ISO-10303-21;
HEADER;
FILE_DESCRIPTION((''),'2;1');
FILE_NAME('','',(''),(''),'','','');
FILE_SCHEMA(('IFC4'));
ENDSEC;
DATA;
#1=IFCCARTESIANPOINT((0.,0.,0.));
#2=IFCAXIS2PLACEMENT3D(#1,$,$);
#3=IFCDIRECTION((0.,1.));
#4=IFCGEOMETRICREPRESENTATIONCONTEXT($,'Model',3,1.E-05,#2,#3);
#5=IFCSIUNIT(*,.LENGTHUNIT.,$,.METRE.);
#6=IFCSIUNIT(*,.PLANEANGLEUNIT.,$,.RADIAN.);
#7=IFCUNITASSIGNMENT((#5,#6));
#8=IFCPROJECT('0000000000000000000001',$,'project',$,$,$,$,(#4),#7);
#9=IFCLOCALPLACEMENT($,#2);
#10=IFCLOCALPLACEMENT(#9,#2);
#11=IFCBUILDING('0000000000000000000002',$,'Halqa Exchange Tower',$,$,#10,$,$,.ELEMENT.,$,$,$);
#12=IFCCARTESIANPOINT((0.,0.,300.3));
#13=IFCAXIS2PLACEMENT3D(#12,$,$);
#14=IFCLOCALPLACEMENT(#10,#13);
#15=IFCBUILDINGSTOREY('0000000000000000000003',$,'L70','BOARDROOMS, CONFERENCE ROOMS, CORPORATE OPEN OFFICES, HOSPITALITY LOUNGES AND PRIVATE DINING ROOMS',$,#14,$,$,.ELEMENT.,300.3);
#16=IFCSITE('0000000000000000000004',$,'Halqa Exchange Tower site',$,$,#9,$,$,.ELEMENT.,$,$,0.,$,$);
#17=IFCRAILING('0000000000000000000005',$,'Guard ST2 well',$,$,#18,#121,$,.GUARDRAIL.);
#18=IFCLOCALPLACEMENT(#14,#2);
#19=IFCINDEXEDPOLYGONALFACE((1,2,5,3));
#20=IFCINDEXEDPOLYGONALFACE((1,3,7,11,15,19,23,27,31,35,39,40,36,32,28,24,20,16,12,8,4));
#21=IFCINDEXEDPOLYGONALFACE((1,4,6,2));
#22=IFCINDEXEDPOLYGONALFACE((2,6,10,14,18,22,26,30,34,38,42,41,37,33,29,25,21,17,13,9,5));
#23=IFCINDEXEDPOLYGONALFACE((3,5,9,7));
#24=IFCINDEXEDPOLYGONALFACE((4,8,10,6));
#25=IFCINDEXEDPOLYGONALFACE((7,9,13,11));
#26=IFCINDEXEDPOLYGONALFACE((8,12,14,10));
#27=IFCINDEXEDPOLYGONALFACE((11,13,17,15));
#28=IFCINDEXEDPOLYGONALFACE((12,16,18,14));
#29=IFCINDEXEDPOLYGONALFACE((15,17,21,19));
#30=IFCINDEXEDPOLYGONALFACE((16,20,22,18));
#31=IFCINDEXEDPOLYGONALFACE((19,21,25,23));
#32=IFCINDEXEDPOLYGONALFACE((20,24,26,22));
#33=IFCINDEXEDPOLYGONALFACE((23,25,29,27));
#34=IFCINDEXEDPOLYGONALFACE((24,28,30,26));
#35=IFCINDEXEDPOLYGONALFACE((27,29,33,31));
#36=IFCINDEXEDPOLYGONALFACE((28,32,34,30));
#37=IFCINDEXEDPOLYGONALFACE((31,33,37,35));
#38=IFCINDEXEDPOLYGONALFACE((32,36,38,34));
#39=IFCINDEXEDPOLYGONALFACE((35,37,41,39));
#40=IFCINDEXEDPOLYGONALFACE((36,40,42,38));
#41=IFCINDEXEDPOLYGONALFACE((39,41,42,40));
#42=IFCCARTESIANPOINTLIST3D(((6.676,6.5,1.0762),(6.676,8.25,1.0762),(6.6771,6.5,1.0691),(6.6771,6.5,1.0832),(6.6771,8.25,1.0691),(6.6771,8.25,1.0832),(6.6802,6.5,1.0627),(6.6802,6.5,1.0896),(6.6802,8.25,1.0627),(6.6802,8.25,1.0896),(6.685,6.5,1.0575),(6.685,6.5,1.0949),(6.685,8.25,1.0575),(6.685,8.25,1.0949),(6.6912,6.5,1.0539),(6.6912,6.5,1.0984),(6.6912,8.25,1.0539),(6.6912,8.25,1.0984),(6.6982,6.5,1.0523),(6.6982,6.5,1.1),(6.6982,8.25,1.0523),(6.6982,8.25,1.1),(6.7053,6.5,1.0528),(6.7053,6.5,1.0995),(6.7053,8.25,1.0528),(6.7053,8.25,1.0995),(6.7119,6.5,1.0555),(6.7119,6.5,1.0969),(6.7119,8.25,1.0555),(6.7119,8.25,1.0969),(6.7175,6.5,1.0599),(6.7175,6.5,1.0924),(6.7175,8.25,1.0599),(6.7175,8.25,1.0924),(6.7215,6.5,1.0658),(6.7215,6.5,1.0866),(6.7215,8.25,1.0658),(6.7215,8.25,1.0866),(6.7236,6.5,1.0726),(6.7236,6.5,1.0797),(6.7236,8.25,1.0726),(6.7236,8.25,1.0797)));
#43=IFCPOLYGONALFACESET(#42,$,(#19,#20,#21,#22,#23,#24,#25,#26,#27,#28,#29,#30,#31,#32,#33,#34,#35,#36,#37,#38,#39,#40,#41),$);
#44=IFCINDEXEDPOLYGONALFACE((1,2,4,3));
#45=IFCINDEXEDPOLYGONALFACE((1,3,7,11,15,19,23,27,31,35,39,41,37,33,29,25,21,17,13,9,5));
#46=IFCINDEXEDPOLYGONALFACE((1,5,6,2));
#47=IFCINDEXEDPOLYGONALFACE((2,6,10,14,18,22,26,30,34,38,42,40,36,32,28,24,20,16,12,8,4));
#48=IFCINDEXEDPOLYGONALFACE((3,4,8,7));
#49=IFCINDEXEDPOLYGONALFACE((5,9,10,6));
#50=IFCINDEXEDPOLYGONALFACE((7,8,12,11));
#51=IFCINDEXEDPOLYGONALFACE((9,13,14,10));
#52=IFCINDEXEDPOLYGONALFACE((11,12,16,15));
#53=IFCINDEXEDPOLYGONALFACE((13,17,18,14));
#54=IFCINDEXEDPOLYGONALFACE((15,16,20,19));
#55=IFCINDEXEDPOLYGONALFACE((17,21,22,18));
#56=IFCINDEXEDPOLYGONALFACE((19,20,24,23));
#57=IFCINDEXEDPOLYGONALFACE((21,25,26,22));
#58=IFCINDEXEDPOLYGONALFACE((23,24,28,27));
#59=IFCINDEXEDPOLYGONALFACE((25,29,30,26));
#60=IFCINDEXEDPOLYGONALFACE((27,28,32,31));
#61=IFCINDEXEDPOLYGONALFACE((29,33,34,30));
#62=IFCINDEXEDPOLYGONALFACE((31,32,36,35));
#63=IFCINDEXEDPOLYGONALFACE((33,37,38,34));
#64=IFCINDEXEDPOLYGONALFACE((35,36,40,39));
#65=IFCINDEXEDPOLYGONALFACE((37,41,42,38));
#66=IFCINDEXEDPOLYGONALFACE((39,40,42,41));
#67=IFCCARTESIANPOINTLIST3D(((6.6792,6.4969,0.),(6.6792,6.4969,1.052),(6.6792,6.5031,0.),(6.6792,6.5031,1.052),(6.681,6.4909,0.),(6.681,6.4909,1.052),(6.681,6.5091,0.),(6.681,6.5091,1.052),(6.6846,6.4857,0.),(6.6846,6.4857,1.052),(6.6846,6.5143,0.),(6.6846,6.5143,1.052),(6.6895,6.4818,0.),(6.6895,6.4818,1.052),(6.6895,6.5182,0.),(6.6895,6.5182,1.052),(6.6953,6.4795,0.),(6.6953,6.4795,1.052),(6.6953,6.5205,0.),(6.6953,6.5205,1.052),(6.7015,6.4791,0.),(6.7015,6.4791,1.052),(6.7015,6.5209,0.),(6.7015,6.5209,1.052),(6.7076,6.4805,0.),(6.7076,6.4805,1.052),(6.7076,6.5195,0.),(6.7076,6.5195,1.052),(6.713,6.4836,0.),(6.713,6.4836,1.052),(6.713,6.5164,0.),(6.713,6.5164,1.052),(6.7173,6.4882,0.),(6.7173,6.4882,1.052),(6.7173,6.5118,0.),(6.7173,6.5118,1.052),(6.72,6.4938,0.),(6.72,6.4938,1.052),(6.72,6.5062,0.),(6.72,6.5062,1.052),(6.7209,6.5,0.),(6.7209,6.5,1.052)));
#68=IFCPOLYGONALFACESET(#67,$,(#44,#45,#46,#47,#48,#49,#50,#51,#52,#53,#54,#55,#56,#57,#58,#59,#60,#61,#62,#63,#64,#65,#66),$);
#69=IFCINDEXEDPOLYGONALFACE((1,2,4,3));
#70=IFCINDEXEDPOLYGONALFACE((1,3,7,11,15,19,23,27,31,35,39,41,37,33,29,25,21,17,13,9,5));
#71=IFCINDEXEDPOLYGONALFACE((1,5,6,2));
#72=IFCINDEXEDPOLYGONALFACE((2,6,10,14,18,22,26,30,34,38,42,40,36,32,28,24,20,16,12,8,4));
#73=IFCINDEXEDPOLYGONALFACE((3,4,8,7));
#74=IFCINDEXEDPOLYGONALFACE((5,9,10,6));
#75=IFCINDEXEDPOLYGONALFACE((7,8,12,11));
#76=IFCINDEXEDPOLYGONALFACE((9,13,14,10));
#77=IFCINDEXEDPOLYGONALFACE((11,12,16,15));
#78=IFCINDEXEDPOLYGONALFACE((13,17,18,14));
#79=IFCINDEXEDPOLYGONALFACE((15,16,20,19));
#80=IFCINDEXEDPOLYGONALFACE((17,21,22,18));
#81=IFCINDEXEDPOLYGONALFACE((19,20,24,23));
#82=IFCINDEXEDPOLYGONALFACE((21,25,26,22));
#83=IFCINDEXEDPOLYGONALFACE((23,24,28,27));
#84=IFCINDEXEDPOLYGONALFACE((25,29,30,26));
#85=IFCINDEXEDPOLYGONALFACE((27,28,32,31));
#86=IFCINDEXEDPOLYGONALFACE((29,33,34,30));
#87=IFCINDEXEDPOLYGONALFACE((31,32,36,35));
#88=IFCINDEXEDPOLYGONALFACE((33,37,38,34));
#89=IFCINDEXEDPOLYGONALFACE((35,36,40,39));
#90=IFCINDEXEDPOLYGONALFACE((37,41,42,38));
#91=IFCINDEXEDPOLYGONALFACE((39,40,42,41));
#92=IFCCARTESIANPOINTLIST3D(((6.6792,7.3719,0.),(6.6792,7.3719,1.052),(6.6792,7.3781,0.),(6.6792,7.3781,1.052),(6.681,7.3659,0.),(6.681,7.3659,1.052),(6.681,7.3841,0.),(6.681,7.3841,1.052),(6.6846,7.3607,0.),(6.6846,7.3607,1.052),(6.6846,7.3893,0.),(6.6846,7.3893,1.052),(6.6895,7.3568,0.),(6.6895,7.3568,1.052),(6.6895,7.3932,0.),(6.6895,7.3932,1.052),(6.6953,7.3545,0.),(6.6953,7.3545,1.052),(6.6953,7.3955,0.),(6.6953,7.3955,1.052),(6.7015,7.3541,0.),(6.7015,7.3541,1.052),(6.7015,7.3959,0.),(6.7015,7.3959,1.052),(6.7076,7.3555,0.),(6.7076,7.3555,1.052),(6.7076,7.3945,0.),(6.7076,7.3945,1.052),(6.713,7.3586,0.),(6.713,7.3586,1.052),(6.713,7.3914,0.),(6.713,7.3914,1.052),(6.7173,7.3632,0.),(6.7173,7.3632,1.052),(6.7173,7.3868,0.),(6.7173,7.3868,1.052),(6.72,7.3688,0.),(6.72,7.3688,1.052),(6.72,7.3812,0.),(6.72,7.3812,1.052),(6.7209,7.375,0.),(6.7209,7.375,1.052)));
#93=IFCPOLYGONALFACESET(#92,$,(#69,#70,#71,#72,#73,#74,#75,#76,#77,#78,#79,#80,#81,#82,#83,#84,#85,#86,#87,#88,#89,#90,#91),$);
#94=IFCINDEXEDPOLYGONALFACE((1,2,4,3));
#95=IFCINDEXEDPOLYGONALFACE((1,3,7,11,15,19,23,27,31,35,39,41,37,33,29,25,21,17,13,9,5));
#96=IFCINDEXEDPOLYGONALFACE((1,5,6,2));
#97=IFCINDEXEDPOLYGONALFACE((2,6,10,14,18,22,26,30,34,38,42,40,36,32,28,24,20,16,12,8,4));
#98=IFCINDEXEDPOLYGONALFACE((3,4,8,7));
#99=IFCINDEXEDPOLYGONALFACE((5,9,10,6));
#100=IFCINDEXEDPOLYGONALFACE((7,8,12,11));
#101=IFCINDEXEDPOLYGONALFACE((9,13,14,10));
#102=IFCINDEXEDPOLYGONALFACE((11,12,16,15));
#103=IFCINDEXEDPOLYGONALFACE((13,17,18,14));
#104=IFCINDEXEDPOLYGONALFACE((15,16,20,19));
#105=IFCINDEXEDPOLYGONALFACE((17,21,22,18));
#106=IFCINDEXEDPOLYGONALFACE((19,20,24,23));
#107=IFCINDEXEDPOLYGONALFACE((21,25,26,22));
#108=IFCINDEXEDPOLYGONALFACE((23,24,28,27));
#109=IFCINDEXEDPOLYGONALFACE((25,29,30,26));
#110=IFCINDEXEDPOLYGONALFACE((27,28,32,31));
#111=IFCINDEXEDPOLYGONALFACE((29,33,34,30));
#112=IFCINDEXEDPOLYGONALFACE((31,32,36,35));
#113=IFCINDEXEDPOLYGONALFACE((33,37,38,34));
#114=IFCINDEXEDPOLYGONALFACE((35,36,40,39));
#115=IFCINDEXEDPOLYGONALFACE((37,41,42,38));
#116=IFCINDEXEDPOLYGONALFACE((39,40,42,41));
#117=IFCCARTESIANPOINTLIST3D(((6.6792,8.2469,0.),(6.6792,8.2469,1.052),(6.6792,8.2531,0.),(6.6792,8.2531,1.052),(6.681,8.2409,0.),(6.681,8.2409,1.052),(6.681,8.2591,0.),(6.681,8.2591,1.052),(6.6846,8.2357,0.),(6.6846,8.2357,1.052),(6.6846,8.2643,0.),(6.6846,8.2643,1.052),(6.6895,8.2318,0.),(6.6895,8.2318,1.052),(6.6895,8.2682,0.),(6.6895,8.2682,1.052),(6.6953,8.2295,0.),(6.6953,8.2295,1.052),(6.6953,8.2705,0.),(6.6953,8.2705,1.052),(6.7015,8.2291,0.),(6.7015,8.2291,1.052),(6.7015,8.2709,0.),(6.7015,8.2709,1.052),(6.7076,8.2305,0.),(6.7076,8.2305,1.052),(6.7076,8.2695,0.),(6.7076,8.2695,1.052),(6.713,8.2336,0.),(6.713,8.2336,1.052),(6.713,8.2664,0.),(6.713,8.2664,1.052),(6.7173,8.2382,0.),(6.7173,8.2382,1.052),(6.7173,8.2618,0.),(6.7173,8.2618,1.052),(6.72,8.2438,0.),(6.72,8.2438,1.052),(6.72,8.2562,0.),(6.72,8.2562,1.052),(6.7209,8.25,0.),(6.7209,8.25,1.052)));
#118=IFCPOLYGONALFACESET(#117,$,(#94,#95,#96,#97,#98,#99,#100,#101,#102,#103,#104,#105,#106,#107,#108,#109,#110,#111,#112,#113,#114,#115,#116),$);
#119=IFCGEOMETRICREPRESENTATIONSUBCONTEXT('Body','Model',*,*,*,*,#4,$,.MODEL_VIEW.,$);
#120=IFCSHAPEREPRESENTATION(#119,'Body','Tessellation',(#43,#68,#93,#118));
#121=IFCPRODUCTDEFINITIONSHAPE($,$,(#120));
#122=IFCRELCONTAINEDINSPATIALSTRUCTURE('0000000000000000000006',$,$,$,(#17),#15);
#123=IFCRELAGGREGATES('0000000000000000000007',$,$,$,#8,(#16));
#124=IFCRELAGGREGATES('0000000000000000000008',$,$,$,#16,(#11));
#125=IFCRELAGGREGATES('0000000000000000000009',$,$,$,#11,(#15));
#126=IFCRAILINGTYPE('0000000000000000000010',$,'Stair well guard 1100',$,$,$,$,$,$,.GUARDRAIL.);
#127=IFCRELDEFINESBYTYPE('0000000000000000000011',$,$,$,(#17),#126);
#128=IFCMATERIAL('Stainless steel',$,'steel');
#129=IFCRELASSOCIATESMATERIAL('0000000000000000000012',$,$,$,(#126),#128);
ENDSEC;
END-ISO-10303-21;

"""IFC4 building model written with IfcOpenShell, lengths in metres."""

from ifc_helpers import new_model, si_unit, direction, frame, origin, origin_2d, place, context, subcontext, project, spatial, circle, extrude, material, type_object, element, save


model = new_model("IFC4")

# Units and contexts
model_context = context("Model", 3, precision=1e-05, world=origin(), true_north=direction((0.0, 1.0)))
body_context = subcontext(model_context, "Body", "Model", "MODEL_VIEW")
ifc_project = project(units=[si_unit("LENGTHUNIT", "METRE"), si_unit("PLANEANGLEUNIT", "RADIAN")], contexts=[model_context])

# Site, building, storey
site_placement = place(None, origin())
site = spatial("IfcSite", under=ifc_project, at=site_placement, Name="Halqa Exchange Tower site", CompositionType="ELEMENT", RefElevation=0.0)
building_placement = place(site_placement, origin())
building = spatial("IfcBuilding", under=site, at=building_placement, Name="Halqa Exchange Tower", CompositionType="ELEMENT")
storey_placement = place(building_placement, frame((0.0, 0.0, 300.3)))
storey = spatial("IfcBuildingStorey", under=building, at=storey_placement, Name="L70", Description="BOARDROOMS, CONFERENCE ROOMS, CORPORATE OPEN OFFICES, HOSPITALITY LOUNGES AND PRIVATE DINING ROOMS", CompositionType="ELEMENT", Elevation=300.3)

# Railing
ifc_material_1 = material(Name="Stainless steel", Category="steel")
railing_type_1 = type_object("IfcRailingType", Name="Stair well guard 1100", PredefinedType="GUARDRAIL", material=ifc_material_1)
railing_1_placement = place(storey_placement, frame((6.7, 6.5, 0.0)))
element("IfcRailing", 1, at=railing_1_placement, inside=storey, type_object=railing_type_1, Name="Guard ST2 well", PredefinedType="GUARDRAIL", context=body_context, shape_type="SweptSolid", body=[
    extrude(circle(Radius=0.0239, at=origin_2d()), frame((0.0, 0.0, 1.0762), z_axis=(0.0, 1.0, 0.0), x_axis=(-1.0, 0.0, 0.0)), (0.0, 0.0, 1.0), 1.75),
    extrude(circle(Radius=0.021, at=origin_2d()), origin(), (0.0, 0.0, 1.0), 1.052),
    extrude(circle(Radius=0.021, at=origin_2d()), frame((0.0, 0.875, 0.0)), (0.0, 0.0, 1.0), 1.052),
    extrude(circle(Radius=0.021, at=origin_2d()), frame((0.0, 1.75, 0.0)), (0.0, 0.0, 1.0), 1.052),
])

save(model, "model.ifc")
